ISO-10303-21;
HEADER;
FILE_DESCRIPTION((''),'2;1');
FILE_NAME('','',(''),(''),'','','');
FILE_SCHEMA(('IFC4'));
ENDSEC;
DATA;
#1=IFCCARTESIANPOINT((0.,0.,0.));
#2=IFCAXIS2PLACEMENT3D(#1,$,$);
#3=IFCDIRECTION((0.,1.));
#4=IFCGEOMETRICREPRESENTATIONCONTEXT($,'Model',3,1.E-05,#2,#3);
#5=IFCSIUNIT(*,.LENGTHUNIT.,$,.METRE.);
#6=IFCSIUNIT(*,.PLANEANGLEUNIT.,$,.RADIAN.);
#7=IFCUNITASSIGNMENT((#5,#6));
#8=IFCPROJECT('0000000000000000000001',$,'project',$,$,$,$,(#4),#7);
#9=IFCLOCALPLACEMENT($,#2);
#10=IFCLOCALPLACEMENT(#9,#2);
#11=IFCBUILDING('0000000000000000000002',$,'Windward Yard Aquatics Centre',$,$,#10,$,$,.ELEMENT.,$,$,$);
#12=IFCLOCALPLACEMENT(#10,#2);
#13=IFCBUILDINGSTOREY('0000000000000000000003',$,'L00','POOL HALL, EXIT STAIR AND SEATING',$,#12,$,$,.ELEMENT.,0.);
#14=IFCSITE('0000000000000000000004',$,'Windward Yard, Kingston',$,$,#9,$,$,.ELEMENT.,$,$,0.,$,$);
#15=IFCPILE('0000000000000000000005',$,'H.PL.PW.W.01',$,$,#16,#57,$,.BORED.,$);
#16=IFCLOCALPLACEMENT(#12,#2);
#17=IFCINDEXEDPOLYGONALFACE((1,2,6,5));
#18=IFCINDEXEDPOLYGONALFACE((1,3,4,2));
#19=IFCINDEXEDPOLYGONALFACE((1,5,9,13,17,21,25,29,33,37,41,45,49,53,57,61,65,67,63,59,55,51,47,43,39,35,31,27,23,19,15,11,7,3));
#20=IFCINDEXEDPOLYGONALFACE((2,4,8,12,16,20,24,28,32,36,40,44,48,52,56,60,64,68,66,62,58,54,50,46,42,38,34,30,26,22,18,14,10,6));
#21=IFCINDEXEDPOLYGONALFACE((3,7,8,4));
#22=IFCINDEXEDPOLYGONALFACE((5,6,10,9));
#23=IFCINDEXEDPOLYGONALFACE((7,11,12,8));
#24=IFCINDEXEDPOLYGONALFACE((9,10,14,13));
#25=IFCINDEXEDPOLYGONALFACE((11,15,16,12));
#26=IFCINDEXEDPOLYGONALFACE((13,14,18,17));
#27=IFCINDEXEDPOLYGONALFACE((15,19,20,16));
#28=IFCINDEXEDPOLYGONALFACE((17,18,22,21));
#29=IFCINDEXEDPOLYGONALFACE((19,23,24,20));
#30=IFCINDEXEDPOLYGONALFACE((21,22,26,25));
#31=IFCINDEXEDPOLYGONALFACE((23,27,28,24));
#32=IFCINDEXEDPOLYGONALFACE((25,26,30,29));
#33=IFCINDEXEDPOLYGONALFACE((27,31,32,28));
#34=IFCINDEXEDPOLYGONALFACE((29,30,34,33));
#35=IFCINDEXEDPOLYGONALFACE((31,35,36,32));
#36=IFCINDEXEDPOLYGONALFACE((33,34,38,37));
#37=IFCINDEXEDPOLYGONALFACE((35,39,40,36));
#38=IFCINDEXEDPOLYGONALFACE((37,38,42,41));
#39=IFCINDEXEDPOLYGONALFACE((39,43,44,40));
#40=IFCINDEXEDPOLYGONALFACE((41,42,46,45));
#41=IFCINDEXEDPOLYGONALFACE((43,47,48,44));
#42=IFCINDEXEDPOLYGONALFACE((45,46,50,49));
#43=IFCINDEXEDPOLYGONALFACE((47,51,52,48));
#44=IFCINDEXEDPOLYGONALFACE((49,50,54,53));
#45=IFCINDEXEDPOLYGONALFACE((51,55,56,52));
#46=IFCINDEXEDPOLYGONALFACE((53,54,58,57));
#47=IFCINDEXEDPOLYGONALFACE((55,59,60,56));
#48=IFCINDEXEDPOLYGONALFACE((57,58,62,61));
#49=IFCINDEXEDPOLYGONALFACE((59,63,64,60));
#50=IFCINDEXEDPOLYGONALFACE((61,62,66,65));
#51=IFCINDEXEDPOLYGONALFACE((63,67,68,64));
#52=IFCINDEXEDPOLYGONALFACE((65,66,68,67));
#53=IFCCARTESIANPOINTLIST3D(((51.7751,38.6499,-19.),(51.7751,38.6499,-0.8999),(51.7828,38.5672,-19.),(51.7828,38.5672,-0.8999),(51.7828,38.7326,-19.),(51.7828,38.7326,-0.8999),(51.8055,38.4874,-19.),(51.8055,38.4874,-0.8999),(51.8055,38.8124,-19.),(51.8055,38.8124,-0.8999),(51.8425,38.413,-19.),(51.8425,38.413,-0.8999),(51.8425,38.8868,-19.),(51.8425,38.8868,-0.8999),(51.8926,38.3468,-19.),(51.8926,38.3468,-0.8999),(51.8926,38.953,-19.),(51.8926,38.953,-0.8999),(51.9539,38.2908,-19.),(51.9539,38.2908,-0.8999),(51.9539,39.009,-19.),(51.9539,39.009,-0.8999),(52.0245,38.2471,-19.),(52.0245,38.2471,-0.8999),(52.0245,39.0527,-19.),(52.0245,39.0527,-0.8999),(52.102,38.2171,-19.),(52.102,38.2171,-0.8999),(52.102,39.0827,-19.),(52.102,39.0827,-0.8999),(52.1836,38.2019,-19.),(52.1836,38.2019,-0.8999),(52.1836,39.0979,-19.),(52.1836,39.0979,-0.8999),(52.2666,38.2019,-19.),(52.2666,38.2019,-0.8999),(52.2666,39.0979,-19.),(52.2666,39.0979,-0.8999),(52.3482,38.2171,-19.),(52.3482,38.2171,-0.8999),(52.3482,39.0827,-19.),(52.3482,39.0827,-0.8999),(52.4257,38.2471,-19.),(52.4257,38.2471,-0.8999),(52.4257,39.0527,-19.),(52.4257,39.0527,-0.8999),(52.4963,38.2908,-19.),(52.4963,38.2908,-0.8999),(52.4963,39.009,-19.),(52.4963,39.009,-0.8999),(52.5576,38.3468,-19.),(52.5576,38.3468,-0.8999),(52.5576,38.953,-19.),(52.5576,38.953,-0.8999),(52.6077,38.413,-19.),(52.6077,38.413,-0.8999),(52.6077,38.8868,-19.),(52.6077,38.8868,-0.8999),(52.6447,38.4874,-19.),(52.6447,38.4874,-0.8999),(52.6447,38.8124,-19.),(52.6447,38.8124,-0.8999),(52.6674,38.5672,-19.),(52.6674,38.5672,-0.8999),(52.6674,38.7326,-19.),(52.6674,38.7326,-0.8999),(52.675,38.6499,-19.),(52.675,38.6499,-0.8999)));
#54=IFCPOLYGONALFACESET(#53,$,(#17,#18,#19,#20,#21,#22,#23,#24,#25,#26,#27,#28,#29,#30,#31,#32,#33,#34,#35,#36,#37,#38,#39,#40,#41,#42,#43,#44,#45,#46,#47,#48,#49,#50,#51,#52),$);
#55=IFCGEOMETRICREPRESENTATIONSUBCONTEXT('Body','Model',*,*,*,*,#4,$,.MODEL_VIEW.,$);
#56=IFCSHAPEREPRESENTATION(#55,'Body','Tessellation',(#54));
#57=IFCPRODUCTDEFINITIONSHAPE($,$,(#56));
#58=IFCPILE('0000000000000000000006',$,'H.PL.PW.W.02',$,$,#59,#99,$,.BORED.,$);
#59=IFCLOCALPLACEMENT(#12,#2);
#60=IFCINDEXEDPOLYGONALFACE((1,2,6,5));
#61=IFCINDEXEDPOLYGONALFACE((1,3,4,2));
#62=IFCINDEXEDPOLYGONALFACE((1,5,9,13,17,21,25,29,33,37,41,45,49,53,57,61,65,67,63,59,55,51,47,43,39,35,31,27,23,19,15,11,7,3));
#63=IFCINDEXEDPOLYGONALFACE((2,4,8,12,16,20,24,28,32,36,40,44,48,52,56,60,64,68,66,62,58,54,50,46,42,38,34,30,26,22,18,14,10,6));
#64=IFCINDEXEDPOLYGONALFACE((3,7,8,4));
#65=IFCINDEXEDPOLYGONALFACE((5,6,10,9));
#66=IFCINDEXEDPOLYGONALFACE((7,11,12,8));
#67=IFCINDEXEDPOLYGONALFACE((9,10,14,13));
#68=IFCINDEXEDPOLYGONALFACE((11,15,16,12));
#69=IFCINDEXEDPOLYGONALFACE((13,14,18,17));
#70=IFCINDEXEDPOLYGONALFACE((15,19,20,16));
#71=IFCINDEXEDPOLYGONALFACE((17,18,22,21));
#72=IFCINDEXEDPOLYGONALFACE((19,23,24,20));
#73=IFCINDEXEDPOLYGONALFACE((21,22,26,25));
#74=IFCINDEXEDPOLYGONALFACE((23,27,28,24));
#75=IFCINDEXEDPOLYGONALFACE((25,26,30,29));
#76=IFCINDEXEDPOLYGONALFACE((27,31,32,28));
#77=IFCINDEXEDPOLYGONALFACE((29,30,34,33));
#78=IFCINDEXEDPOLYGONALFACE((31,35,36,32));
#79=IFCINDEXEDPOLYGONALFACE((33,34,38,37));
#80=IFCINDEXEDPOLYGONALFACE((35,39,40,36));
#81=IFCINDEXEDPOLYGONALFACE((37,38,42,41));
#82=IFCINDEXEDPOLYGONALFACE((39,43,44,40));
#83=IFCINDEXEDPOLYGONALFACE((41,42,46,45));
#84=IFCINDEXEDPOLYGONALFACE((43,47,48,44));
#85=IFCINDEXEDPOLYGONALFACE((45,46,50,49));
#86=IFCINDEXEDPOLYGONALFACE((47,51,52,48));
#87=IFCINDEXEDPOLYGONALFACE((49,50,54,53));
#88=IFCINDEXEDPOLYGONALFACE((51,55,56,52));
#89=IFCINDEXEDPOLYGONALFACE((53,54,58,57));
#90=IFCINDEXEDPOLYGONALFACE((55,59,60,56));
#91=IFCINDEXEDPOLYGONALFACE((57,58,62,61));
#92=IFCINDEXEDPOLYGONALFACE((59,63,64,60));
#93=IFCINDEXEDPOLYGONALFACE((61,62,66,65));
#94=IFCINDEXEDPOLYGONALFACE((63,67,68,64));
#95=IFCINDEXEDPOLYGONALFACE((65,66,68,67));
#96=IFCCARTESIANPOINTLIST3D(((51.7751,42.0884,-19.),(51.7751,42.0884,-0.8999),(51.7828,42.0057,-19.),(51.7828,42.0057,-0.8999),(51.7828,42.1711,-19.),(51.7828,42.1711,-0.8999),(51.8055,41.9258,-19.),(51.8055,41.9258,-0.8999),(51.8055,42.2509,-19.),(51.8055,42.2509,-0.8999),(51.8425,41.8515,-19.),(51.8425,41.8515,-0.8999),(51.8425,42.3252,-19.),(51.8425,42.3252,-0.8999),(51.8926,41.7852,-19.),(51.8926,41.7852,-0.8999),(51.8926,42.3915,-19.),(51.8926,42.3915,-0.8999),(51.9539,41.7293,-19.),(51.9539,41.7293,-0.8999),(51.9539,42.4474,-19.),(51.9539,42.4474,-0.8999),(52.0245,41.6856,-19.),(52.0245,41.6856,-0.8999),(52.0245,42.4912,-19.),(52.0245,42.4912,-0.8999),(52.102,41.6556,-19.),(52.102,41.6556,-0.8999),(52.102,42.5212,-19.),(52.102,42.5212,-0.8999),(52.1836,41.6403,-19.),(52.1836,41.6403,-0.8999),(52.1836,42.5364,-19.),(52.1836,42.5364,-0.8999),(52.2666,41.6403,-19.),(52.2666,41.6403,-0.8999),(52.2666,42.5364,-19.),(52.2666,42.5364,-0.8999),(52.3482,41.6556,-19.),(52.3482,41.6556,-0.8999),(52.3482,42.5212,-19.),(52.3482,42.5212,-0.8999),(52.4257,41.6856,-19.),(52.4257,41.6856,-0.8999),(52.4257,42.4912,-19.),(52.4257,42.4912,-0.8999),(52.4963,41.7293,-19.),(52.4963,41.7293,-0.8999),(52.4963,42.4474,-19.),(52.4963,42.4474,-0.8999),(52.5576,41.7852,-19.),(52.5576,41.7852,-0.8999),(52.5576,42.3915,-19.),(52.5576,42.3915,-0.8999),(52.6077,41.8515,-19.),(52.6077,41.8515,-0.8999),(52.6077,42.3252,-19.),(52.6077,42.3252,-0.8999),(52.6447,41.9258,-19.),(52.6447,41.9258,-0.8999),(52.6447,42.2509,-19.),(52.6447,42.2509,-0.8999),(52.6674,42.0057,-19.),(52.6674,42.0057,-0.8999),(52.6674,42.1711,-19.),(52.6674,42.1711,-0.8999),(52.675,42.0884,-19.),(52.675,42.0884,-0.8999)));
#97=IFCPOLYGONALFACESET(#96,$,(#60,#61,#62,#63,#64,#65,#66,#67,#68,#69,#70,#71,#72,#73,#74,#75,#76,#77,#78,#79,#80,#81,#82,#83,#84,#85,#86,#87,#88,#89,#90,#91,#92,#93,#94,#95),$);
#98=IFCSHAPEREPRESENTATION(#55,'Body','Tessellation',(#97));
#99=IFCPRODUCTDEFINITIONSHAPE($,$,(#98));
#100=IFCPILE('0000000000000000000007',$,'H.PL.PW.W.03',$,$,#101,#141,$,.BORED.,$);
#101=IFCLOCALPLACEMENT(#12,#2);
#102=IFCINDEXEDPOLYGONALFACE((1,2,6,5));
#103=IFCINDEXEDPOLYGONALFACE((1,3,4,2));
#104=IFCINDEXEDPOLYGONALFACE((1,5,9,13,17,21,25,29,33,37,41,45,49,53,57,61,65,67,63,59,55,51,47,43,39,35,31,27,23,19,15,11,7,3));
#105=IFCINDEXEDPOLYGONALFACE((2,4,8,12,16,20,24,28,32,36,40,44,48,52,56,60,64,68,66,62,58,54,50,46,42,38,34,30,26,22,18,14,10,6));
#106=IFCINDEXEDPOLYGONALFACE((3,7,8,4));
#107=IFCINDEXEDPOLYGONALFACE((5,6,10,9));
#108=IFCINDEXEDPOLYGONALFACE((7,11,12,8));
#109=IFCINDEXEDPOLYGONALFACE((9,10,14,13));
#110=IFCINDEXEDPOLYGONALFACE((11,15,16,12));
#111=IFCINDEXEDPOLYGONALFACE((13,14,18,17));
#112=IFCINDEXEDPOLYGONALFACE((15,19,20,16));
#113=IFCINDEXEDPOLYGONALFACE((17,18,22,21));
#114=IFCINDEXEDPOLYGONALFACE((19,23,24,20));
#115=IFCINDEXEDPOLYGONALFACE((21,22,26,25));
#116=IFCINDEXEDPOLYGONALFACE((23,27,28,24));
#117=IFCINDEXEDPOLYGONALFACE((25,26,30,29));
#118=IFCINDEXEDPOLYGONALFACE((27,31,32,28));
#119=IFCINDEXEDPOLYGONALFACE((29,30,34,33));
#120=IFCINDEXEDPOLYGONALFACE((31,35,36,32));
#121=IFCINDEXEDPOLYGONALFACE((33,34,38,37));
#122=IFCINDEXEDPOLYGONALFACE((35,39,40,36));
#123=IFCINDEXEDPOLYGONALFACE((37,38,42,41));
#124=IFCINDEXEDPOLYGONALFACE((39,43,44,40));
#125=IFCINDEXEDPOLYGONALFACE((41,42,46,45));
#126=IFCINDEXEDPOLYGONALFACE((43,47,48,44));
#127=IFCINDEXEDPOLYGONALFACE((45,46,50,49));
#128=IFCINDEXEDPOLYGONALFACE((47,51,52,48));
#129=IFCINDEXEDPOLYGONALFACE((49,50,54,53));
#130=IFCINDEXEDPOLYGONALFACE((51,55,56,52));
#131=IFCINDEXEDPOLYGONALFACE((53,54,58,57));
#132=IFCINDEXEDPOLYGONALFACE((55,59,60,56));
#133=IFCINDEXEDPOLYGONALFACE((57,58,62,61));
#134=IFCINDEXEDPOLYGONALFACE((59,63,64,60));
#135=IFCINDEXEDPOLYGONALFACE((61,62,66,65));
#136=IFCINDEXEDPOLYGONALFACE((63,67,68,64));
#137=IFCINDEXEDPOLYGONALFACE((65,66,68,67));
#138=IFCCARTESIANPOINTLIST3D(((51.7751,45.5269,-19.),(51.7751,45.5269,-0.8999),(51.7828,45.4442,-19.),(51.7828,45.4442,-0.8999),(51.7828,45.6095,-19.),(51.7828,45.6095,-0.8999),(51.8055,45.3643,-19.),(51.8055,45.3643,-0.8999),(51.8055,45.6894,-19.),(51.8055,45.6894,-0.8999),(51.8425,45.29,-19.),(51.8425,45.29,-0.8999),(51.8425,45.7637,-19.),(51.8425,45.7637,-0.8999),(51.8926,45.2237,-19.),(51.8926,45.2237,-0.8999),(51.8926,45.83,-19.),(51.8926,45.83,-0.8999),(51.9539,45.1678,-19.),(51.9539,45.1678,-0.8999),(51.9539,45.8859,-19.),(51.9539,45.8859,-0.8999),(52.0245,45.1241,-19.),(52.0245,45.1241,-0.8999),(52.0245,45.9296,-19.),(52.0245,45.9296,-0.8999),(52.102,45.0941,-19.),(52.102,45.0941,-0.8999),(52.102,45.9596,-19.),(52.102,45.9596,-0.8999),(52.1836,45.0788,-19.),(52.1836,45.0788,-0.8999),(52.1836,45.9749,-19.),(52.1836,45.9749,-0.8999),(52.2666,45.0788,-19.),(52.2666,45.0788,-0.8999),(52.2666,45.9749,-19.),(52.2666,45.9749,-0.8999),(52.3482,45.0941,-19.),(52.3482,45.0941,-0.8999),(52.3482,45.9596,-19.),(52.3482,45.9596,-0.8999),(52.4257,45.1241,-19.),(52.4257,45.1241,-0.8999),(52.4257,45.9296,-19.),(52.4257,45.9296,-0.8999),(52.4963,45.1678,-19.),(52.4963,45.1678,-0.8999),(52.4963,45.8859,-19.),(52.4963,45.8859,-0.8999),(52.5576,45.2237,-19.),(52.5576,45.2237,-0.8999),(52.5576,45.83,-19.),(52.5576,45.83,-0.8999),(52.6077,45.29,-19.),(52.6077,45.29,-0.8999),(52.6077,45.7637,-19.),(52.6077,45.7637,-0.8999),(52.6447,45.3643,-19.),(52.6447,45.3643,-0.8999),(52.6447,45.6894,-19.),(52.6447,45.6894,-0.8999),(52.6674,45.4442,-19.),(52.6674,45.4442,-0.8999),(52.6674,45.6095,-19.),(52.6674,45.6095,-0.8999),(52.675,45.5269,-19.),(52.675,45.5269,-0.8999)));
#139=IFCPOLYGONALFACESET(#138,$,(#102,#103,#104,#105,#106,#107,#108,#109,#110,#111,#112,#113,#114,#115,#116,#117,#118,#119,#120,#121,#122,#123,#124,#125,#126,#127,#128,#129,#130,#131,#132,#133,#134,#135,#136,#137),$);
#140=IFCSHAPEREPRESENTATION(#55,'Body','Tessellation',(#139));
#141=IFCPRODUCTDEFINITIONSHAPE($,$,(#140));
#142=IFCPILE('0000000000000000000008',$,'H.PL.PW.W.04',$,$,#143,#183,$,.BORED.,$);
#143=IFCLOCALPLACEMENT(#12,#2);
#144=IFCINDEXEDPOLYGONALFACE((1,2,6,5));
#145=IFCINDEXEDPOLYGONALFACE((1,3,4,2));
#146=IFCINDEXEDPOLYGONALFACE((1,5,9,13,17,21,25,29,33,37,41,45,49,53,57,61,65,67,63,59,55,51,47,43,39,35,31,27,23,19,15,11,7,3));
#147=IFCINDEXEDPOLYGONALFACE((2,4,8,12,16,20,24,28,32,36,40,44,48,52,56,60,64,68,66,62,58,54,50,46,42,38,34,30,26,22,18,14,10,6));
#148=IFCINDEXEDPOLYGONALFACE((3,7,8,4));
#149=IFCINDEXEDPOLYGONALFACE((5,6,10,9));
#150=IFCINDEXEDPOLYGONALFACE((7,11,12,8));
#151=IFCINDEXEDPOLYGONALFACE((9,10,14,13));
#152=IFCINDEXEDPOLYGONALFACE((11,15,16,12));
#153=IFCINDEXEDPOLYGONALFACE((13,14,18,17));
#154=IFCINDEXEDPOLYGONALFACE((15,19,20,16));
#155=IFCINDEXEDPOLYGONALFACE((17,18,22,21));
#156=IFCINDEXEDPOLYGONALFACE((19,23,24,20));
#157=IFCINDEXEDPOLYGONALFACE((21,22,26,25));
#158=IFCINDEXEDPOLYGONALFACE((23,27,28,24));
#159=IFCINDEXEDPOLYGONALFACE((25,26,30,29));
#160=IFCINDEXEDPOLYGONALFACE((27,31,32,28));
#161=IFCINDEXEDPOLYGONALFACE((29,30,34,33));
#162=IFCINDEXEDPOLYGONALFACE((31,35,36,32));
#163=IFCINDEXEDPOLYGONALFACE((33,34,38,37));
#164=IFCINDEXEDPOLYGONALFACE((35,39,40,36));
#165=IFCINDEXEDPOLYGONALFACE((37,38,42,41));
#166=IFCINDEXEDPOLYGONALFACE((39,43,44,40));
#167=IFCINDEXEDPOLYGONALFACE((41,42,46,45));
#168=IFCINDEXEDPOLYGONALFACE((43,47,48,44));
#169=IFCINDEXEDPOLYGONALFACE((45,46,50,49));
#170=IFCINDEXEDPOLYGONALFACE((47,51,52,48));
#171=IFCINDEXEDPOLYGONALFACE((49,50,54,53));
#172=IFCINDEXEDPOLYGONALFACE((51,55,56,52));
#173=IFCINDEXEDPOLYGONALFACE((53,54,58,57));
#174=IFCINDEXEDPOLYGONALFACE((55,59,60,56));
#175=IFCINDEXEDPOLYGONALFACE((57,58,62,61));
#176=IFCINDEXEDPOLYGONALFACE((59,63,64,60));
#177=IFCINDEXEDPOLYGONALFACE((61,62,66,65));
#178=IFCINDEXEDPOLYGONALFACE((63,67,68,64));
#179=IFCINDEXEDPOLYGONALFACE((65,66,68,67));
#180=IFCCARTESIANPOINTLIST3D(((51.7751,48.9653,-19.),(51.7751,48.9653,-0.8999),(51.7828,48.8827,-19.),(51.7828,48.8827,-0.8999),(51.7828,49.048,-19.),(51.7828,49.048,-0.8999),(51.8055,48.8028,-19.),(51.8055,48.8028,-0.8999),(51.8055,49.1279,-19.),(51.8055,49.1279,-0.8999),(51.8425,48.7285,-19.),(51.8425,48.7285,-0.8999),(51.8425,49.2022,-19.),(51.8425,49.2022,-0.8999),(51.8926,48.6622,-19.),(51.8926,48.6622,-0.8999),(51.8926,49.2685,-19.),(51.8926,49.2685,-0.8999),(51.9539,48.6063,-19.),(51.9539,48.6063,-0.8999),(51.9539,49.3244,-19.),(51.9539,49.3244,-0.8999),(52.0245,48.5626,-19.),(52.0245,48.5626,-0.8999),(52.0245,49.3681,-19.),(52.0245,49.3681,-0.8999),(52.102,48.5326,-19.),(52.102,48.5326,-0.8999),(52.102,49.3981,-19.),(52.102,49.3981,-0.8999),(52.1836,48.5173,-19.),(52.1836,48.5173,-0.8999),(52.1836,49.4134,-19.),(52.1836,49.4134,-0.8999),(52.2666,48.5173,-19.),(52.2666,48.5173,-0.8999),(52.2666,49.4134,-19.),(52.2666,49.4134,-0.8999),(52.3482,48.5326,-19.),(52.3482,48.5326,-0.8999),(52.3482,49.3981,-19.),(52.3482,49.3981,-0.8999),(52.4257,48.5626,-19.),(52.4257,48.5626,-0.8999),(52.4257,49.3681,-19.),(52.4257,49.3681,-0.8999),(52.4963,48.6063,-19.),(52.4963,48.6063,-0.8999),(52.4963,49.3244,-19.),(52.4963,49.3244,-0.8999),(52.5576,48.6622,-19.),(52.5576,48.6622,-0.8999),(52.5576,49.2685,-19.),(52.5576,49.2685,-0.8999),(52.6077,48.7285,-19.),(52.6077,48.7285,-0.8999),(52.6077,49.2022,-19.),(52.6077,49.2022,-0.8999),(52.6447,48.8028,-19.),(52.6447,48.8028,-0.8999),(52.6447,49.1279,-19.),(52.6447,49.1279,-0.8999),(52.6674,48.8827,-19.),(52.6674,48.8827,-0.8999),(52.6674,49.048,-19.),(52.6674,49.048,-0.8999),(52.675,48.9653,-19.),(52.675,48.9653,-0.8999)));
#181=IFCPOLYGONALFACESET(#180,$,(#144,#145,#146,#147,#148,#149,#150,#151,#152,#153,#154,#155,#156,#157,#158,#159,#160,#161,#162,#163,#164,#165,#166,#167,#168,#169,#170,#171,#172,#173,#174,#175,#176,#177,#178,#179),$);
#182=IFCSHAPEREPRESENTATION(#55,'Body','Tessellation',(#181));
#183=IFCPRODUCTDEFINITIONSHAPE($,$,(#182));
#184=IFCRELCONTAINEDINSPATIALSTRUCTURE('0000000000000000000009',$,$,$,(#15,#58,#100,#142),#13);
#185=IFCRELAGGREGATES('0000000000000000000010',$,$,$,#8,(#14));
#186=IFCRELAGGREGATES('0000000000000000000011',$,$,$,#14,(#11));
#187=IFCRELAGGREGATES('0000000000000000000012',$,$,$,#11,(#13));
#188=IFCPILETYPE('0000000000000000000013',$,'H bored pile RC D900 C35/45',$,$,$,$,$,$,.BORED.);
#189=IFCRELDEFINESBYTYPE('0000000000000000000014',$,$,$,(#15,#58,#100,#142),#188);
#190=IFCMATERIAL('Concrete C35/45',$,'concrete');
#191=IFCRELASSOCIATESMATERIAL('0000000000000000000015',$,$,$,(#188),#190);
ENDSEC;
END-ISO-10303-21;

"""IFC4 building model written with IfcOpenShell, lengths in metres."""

from ifc_helpers import new_model, si_unit, direction, frame, origin, origin_2d, place, context, subcontext, project, spatial, circle, extrude, material, material_profile, profile_set, type_object, element, save


model = new_model("IFC4")

# Units and contexts
model_context = context("Model", 3, precision=1e-05, world=origin(), true_north=direction((0.0, 1.0)))
body_context = subcontext(model_context, "Body", "Model", "MODEL_VIEW")
ifc_project = project(units=[si_unit("LENGTHUNIT", "METRE"), si_unit("PLANEANGLEUNIT", "RADIAN")], contexts=[model_context])

# Site, building, storey
site_placement = place(None, origin())
site = spatial("IfcSite", under=ifc_project, at=site_placement, Name="Windward Yard, Kingston", CompositionType="ELEMENT", RefElevation=0.0)
building_placement = place(site_placement, origin())
building = spatial("IfcBuilding", under=site, at=building_placement, Name="Windward Yard Aquatics Centre", CompositionType="ELEMENT")
storey_placement = place(building_placement, origin())
storey = spatial("IfcBuildingStorey", under=building, at=storey_placement, Name="L00", Description="POOL HALL, EXIT STAIR AND SEATING", CompositionType="ELEMENT", Elevation=0.0)

# Piles
ifc_material_1 = material(Name="Concrete C35/45", Category="concrete")
ifc_material_profile = material_profile(ifc_material_1, circle(Radius=0.45, at=origin_2d()), Name="RC D900")
ifc_profile_set = profile_set([ifc_material_profile], Name="Concrete C35/45")
pile_type = type_object("IfcPileType", Name="H bored pile RC D900 C35/45", PredefinedType="BORED", material=ifc_profile_set)
for number, where, z_axis, x_axis, name in (
    (1, (52.2251, 38.6499, -0.8999), (0.0, 0.0, -1.0), (1.0, 0.0, 0.0), "H.PL.PW.W.01"),
    (2, (52.2251, 42.0884, -0.8999), (0.0, 0.0, -1.0), (1.0, 0.0, 0.0), "H.PL.PW.W.02"),
    (3, (52.2251, 45.5269, -0.8999), (0.0, 0.0, -1.0), (1.0, 0.0, 0.0), "H.PL.PW.W.03"),
    (4, (52.2251, 48.9653, -0.8999), (0.0, 0.0, -1.0), (1.0, 0.0, 0.0), "H.PL.PW.W.04"),
):
    element("IfcPile", number, at=place(storey_placement, frame(where, z_axis=z_axis, x_axis=x_axis)), inside=storey, type_object=pile_type, Name=name, PredefinedType="BORED", context=body_context, shape_type="SweptSolid", body=[
        extrude(circle(Radius=0.45, at=origin_2d()), origin(), (0.0, 0.0, 1.0), 18.1001),
    ])

save(model, "model.ifc")
